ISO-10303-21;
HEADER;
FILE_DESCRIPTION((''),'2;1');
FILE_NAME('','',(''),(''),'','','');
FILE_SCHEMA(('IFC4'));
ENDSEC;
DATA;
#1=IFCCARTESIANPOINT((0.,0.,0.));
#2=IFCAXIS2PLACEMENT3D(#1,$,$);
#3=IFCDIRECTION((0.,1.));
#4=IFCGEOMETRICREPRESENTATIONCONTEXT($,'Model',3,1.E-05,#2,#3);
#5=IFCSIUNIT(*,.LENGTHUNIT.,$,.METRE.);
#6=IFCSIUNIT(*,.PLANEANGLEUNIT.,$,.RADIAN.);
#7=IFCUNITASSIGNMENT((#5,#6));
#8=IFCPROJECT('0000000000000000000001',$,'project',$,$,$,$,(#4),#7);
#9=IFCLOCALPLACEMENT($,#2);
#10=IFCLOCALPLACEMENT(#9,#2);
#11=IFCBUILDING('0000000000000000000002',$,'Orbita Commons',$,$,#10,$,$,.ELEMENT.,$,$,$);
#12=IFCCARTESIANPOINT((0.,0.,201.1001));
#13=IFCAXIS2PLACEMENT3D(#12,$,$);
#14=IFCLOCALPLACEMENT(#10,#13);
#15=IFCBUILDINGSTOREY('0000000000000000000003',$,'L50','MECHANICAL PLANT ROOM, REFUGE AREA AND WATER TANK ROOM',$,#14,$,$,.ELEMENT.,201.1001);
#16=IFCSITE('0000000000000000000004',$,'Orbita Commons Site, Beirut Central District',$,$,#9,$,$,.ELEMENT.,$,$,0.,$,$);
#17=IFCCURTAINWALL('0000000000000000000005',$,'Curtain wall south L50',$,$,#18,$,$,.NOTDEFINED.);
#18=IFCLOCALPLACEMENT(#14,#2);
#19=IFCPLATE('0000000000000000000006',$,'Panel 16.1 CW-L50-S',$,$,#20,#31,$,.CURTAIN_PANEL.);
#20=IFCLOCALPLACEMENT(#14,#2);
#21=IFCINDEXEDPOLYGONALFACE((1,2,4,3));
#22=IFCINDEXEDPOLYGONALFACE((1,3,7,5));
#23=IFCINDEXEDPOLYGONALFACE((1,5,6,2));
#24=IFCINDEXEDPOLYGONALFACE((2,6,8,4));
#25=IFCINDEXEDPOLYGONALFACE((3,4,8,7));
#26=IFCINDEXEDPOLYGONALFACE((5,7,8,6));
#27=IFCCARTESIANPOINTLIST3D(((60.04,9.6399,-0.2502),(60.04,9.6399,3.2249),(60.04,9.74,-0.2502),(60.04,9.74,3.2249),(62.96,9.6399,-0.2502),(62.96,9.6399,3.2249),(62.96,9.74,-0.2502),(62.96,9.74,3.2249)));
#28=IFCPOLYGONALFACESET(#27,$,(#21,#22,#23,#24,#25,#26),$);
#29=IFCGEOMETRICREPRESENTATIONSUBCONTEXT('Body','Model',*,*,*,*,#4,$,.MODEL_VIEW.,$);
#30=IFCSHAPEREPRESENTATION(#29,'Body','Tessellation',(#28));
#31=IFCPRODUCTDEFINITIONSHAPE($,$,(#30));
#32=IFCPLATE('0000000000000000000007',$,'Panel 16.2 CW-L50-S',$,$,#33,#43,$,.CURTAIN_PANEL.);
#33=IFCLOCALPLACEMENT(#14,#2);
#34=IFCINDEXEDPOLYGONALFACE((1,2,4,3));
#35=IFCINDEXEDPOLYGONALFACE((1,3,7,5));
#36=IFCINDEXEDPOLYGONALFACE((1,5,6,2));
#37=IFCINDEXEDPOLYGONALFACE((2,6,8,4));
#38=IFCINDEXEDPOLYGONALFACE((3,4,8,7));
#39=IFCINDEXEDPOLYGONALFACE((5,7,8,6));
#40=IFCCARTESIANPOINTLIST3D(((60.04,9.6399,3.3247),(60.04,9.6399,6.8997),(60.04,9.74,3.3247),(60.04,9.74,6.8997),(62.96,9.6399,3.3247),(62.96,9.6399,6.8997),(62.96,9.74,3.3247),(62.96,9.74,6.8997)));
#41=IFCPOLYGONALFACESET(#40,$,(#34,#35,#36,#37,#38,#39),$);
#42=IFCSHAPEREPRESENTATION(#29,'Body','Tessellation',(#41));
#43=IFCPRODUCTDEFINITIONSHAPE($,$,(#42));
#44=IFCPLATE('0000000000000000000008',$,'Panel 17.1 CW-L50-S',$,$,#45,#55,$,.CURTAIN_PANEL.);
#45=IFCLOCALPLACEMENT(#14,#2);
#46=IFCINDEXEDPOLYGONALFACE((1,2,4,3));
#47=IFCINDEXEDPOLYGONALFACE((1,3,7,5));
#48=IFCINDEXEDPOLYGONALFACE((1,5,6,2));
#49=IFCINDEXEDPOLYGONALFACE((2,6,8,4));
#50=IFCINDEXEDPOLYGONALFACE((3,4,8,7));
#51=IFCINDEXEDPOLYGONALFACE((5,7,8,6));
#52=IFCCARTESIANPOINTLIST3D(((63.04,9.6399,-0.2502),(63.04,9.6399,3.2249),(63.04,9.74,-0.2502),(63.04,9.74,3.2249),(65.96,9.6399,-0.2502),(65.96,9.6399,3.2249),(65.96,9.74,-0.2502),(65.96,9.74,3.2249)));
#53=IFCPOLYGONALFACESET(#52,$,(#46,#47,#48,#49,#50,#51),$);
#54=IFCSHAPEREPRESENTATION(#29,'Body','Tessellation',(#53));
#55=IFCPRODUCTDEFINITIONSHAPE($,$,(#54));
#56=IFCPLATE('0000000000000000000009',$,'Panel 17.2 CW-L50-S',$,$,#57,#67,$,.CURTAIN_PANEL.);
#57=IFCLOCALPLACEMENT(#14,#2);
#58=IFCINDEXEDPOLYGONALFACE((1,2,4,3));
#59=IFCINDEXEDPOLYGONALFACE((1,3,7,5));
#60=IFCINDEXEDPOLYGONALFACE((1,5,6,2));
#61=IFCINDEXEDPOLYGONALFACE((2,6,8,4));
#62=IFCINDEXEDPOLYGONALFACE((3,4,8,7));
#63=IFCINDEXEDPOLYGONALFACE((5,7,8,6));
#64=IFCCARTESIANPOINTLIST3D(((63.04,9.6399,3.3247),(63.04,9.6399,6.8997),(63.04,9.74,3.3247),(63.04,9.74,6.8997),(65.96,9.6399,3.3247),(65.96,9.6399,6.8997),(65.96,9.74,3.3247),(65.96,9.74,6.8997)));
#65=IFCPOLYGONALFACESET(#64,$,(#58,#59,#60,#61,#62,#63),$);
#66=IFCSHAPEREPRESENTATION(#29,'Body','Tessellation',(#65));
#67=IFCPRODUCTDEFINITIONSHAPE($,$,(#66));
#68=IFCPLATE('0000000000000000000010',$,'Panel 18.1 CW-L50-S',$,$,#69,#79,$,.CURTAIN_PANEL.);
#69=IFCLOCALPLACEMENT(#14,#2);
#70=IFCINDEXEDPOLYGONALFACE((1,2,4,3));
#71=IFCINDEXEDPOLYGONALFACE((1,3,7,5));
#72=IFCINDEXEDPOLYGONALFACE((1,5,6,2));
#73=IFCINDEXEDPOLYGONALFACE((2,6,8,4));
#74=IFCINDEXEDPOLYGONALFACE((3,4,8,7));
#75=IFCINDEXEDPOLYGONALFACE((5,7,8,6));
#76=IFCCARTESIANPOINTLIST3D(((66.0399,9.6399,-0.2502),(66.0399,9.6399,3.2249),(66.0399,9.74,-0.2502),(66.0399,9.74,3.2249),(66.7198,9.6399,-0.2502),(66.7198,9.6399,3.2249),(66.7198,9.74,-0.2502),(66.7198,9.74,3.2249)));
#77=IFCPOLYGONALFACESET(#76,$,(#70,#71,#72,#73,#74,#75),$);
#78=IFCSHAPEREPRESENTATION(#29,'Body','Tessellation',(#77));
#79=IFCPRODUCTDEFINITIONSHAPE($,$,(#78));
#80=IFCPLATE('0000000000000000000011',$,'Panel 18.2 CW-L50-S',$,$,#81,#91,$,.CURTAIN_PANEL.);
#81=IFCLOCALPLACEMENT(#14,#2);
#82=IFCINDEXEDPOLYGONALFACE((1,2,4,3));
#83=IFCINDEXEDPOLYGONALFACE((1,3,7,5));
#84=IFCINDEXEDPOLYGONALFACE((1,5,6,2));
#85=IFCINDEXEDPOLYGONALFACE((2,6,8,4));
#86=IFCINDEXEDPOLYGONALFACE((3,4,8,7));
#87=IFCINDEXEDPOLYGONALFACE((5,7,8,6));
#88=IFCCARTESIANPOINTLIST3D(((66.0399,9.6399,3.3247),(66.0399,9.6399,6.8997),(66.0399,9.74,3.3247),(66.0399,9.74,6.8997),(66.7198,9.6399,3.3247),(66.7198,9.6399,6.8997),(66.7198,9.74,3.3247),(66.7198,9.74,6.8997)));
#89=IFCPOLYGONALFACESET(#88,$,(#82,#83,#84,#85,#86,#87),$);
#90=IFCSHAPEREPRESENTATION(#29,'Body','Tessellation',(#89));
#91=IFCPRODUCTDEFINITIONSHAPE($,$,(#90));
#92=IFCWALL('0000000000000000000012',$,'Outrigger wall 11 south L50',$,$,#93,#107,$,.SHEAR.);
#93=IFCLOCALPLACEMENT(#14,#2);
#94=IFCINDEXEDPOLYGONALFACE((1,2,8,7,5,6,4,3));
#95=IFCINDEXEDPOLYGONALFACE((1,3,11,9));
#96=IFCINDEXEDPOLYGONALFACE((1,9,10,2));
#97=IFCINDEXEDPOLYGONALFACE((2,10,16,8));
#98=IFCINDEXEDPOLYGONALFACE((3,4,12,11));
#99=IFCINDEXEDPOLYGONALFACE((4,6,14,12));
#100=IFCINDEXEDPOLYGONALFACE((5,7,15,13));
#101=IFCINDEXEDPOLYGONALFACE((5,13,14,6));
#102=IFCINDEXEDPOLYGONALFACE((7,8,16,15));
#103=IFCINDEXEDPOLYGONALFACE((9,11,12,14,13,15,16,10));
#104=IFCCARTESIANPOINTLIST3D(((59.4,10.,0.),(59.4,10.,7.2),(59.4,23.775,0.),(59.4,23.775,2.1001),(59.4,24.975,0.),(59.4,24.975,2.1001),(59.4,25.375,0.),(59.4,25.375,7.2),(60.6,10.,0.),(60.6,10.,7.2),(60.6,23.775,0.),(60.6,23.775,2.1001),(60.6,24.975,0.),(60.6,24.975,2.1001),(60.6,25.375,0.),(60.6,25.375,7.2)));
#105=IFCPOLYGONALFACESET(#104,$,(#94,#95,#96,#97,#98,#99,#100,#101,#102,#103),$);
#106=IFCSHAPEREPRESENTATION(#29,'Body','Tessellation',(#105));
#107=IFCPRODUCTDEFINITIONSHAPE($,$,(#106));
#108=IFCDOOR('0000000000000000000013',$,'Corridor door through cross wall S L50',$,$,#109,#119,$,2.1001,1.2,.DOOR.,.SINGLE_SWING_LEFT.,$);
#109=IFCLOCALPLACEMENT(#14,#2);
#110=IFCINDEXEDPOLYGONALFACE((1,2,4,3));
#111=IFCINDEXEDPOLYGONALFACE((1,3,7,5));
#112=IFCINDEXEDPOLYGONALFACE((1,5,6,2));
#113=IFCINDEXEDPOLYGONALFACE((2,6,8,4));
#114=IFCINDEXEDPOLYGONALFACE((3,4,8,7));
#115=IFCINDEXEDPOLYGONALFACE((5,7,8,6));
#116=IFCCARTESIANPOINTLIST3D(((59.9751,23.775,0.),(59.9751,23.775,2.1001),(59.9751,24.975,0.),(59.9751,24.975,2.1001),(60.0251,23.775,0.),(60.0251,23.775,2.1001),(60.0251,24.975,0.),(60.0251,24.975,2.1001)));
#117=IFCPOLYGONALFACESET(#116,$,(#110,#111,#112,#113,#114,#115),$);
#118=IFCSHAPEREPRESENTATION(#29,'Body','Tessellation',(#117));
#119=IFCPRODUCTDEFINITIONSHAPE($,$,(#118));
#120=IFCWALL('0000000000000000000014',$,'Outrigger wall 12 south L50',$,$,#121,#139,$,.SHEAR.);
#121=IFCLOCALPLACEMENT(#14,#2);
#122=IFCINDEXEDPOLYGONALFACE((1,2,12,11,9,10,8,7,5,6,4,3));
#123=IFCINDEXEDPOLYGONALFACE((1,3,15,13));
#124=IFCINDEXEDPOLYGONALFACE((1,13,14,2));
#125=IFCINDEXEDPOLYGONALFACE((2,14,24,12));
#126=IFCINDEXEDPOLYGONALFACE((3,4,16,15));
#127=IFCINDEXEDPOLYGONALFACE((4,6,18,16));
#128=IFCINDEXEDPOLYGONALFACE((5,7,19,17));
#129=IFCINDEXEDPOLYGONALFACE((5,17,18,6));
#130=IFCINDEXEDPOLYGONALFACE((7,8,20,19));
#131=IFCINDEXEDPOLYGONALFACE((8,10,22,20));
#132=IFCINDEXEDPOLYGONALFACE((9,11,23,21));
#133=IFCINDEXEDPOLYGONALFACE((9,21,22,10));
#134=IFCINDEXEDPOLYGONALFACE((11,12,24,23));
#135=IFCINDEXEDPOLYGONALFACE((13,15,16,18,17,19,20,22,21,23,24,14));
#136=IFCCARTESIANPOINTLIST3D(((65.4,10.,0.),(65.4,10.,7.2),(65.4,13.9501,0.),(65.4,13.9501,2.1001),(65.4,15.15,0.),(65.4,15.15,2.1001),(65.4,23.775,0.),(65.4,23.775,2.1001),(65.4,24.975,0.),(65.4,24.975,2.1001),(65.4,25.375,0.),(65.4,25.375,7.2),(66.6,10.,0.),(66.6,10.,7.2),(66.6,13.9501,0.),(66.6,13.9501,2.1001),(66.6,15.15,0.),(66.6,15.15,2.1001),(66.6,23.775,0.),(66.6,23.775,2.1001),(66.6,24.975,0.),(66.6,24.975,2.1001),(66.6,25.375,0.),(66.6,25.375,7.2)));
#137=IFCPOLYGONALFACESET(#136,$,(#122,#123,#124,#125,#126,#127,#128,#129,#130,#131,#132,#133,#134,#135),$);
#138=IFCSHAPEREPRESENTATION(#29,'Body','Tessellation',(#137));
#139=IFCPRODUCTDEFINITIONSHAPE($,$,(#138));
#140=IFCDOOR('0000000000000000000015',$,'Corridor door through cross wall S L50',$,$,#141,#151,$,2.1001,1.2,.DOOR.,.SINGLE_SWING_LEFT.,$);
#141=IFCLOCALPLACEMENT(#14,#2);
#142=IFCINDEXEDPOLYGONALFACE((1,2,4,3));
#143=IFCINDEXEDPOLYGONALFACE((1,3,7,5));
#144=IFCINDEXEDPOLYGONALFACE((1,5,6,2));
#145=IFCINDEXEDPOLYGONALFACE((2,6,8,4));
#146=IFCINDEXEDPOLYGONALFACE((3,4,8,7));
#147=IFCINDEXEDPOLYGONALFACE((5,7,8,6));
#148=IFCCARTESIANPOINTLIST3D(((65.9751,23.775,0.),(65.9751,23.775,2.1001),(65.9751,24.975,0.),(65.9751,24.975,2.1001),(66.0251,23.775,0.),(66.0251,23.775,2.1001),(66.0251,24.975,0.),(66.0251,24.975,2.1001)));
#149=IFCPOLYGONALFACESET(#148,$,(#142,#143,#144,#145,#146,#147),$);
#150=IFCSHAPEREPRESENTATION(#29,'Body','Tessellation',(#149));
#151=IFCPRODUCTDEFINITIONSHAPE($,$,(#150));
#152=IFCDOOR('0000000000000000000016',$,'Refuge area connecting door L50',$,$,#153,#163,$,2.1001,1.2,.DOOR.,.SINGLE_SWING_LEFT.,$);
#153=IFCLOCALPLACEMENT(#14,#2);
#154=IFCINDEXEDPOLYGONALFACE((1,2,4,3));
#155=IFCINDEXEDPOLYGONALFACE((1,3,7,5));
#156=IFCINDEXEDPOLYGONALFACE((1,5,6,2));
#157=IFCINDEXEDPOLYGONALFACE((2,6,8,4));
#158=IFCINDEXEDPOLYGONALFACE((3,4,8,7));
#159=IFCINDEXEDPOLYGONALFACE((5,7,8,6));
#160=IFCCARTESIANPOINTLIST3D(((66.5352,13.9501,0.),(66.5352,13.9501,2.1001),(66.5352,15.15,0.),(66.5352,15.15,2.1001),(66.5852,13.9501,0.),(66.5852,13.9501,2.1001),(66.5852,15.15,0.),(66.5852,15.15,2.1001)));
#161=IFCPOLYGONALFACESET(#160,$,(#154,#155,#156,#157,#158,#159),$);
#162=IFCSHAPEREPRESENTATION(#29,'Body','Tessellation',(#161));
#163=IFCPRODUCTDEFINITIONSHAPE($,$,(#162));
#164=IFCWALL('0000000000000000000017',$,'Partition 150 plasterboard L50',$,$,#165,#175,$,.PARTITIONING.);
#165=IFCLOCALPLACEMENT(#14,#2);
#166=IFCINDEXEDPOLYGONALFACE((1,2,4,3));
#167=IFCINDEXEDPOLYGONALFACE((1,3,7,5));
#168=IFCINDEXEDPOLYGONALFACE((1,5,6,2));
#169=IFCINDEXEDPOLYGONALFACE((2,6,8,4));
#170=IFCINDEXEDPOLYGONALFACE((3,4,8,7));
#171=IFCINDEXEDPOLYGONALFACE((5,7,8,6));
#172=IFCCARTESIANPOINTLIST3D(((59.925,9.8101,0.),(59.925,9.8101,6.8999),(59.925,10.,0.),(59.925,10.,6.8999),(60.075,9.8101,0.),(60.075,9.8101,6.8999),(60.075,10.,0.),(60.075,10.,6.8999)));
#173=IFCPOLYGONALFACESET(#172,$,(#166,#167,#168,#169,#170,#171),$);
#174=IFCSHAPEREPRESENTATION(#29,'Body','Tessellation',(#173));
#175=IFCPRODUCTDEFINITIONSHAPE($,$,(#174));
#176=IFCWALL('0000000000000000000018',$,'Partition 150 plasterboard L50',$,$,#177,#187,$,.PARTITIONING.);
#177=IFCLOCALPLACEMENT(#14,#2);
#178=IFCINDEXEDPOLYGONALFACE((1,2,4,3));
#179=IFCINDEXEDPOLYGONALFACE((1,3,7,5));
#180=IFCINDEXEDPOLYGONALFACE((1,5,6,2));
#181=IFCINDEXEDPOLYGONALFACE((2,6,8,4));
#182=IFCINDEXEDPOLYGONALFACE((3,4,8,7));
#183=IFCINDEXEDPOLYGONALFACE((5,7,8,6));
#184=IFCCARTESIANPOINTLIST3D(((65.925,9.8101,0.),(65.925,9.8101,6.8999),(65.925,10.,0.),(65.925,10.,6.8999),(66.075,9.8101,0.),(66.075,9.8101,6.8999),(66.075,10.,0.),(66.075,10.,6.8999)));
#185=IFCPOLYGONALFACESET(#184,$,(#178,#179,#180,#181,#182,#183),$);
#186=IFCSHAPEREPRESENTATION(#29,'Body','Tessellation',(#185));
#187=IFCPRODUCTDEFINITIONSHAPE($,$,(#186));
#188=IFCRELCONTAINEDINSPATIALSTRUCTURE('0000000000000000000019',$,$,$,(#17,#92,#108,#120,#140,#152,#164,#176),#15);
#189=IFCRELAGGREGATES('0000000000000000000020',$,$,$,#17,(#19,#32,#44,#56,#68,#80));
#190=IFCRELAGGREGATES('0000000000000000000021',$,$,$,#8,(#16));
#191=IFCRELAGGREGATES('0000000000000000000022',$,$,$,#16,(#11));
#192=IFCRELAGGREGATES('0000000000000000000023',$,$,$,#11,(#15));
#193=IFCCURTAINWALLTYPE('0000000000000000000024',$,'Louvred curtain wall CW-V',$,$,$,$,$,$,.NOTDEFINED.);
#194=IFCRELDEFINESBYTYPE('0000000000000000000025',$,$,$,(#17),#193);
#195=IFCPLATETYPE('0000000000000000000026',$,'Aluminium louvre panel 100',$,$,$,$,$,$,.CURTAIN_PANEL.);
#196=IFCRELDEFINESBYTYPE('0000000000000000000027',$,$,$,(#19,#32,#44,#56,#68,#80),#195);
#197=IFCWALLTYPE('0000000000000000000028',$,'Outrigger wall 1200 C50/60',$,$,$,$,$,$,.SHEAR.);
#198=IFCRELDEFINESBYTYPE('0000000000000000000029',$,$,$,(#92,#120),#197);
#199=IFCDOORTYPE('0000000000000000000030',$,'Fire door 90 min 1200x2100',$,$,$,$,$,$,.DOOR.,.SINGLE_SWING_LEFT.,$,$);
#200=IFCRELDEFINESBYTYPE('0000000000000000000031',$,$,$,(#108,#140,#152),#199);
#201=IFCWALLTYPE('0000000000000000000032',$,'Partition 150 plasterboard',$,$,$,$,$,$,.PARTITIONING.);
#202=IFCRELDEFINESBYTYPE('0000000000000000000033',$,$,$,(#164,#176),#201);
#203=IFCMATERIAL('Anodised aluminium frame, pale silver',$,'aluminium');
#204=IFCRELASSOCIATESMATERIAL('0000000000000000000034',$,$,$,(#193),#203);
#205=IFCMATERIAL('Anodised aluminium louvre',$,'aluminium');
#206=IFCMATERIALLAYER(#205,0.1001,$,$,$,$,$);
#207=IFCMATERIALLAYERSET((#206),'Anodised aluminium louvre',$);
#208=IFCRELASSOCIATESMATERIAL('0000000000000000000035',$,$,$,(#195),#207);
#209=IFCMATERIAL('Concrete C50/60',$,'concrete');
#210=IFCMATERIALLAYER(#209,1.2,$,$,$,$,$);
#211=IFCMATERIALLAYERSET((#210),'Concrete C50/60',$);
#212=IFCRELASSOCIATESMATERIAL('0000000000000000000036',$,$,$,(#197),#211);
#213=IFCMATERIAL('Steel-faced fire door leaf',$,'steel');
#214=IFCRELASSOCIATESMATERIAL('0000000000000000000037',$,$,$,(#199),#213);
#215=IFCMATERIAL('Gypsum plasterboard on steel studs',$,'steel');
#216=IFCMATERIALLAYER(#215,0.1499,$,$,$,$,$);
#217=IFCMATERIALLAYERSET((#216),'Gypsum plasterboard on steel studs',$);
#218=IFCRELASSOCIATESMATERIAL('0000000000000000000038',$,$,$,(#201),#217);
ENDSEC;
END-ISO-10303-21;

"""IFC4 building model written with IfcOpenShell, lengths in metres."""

from ifc_helpers import new_model, si_unit, direction, frame, frame_2d, origin, origin_2d, place, context, subcontext, project, spatial, rectangle, extrude, material, layer, layer_set, type_object, element, fill, aggregate, save


model = new_model("IFC4")

# Units and contexts
model_context = context("Model", 3, precision=1e-05, world=origin(), true_north=direction((0.0, 1.0)))
body_context = subcontext(model_context, "Body", "Model", "MODEL_VIEW")
ifc_project = project(units=[si_unit("LENGTHUNIT", "METRE"), si_unit("PLANEANGLEUNIT", "RADIAN")], contexts=[model_context])

# Site, building, storey
site_placement = place(None, origin())
site = spatial("IfcSite", under=ifc_project, at=site_placement, Name="Orbita Commons Site, Beirut Central District", CompositionType="ELEMENT", RefElevation=0.0)
building_placement = place(site_placement, origin())
building = spatial("IfcBuilding", under=site, at=building_placement, Name="Orbita Commons", CompositionType="ELEMENT")
storey_placement = place(building_placement, frame((0.0, 0.0, 201.1001)))
storey = spatial("IfcBuildingStorey", under=building, at=storey_placement, Name="L50", Description="MECHANICAL PLANT ROOM, REFUGE AREA AND WATER TANK ROOM", CompositionType="ELEMENT", Elevation=201.1001)

# Curtain wall, plates
ifc_material_1 = material(Name="Anodised aluminium frame, pale silver", Category="aluminium")
curtain_wall_type = type_object("IfcCurtainWallType", Name="Louvred curtain wall CW-V", PredefinedType="NOTDEFINED", material=ifc_material_1)
curtain_wall_placement = place(storey_placement, origin())
curtain_wall = element("IfcCurtainWall", 1, at=curtain_wall_placement, inside=storey, type_object=curtain_wall_type, Name="Curtain wall south L50", PredefinedType="NOTDEFINED")
ifc_material_2 = material(Name="Anodised aluminium louvre", Category="aluminium")
ifc_layer_1 = layer(ifc_material_2, 0.1001)
ifc_layer_set_1 = layer_set([ifc_layer_1], Name="Anodised aluminium louvre")
plate_type = type_object("IfcPlateType", Name="Aluminium louvre panel 100", PredefinedType="CURTAIN_PANEL", material=ifc_layer_set_1)
plate_1_placement = place(storey_placement, frame((61.5, 9.6899, -0.2502), z_axis=(0.0, 0.0, 1.0), x_axis=(1.0, 0.0, 0.0)))
plate_1 = element("IfcPlate", 2, at=plate_1_placement, type_object=plate_type, Name="Panel 16.1 CW-L50-S", PredefinedType="CURTAIN_PANEL", context=body_context, shape_type="SweptSolid", body=[
    extrude(rectangle(XDim=2.9199, YDim=0.1001, at=origin_2d()), origin(), (0.0, 0.0, 1.0), 3.4751),
])
plate_2_placement = place(storey_placement, frame((61.5, 9.6899, 3.3247), z_axis=(0.0, 0.0, 1.0), x_axis=(1.0, 0.0, 0.0)))
plate_2 = element("IfcPlate", 3, at=plate_2_placement, type_object=plate_type, Name="Panel 16.2 CW-L50-S", PredefinedType="CURTAIN_PANEL", context=body_context, shape_type="SweptSolid", body=[
    extrude(rectangle(XDim=2.9199, YDim=0.1001, at=origin_2d()), origin(), (0.0, 0.0, 1.0), 3.575),
])
plate_3_placement = place(storey_placement, frame((64.5, 9.6899, -0.2502), z_axis=(0.0, 0.0, 1.0), x_axis=(1.0, 0.0, 0.0)))
plate_3 = element("IfcPlate", 4, at=plate_3_placement, type_object=plate_type, Name="Panel 17.1 CW-L50-S", PredefinedType="CURTAIN_PANEL", context=body_context, shape_type="SweptSolid", body=[
    extrude(rectangle(XDim=2.9199, YDim=0.1001, at=origin_2d()), origin(), (0.0, 0.0, 1.0), 3.4751),
])
plate_4_placement = place(storey_placement, frame((64.5, 9.6899, 3.3247), z_axis=(0.0, 0.0, 1.0), x_axis=(1.0, 0.0, 0.0)))
plate_4 = element("IfcPlate", 5, at=plate_4_placement, type_object=plate_type, Name="Panel 17.2 CW-L50-S", PredefinedType="CURTAIN_PANEL", context=body_context, shape_type="SweptSolid", body=[
    extrude(rectangle(XDim=2.9199, YDim=0.1001, at=origin_2d()), origin(), (0.0, 0.0, 1.0), 3.575),
])
plate_5_placement = place(storey_placement, frame((66.3799, 9.6899, -0.2502), z_axis=(0.0, 0.0, 1.0), x_axis=(1.0, 0.0, 0.0)))
plate_5 = element("IfcPlate", 6, at=plate_5_placement, type_object=plate_type, Name="Panel 18.1 CW-L50-S", PredefinedType="CURTAIN_PANEL", context=body_context, shape_type="SweptSolid", body=[
    extrude(rectangle(XDim=0.6799, YDim=0.1001, at=origin_2d()), origin(), (0.0, 0.0, 1.0), 3.4751),
])
plate_6_placement = place(storey_placement, frame((66.3799, 9.6899, 3.3247), z_axis=(0.0, 0.0, 1.0), x_axis=(1.0, 0.0, 0.0)))
plate_6 = element("IfcPlate", 7, at=plate_6_placement, type_object=plate_type, Name="Panel 18.2 CW-L50-S", PredefinedType="CURTAIN_PANEL", context=body_context, shape_type="SweptSolid", body=[
    extrude(rectangle(XDim=0.6799, YDim=0.1001, at=origin_2d()), origin(), (0.0, 0.0, 1.0), 3.575),
])
aggregate(curtain_wall, [plate_1, plate_2, plate_3, plate_4, plate_5, plate_6])

# Wall, opening, door
ifc_material_3 = material(Name="Concrete C50/60", Category="concrete")
ifc_layer_2 = layer(ifc_material_3, 1.2)
ifc_layer_set_2 = layer_set([ifc_layer_2], Name="Concrete C50/60")
wall_type_1 = type_object("IfcWallType", Name="Outrigger wall 1200 C50/60", PredefinedType="SHEAR", material=ifc_layer_set_2)
wall_1_placement = place(storey_placement, frame((60.0, 10.0, 0.0), z_axis=(0.0, 0.0, 1.0), x_axis=(0.0, 1.0, 0.0)))
wall_1 = element("IfcWall", 8, at=wall_1_placement, inside=storey, type_object=wall_type_1, Name="Outrigger wall 11 south L50", PredefinedType="SHEAR", context=body_context, shape_type="SweptSolid", body=[
    extrude(rectangle(XDim=15.375, YDim=1.2, at=frame_2d((7.6875, 0.0))), origin(), (0.0, 0.0, 1.0), 7.2),
])
opening_1_placement = place(wall_1_placement, frame((13.7749, 0.0, 0.0)))
opening_1 = element("IfcOpeningElement", 9, at=opening_1_placement, cuts=wall_1, PredefinedType="OPENING", context=body_context, shape_type="SweptSolid", body=[
    extrude(rectangle(XDim=1.2, YDim=2.1001, at=frame_2d((0.6001, 1.05))), frame((0.0, 0.6099, 0.0), z_axis=(0.0, -1.0, 0.0), x_axis=(1.0, 0.0, 0.0)), (0.0, 0.0, 1.0), 1.22),
])
ifc_material_4 = material(Name="Steel-faced fire door leaf", Category="steel")
door_type = type_object("IfcDoorType", Name="Fire door 90 min 1200x2100", OperationType="SINGLE_SWING_LEFT", PredefinedType="DOOR", material=ifc_material_4)
door_1_placement = place(opening_1_placement, origin())
door_1 = element("IfcDoor", 10, at=door_1_placement, inside=storey, type_object=door_type, Name="Corridor door through cross wall S L50", OperationType="SINGLE_SWING_LEFT", OverallHeight=2.1001, OverallWidth=1.2, PredefinedType="DOOR", context=body_context, shape_type="SweptSolid", body=[
    extrude(rectangle(XDim=1.2, YDim=2.1001, at=frame_2d((0.6001, 1.05))), frame((0.0, 0.0249, 0.0), z_axis=(0.0, -1.0, 0.0), x_axis=(1.0, 0.0, 0.0)), (0.0, 0.0, 1.0), 0.05),
])
fill(opening_1, door_1)

# Wall, openings, doors
wall_2_placement = place(storey_placement, frame((66.0, 10.0, 0.0), z_axis=(0.0, 0.0, 1.0), x_axis=(0.0, 1.0, 0.0)))
wall_2 = element("IfcWall", 11, at=wall_2_placement, inside=storey, type_object=wall_type_1, Name="Outrigger wall 12 south L50", PredefinedType="SHEAR", context=body_context, shape_type="SweptSolid", body=[
    extrude(rectangle(XDim=15.375, YDim=1.2, at=frame_2d((7.6875, 0.0))), origin(), (0.0, 0.0, 1.0), 7.2),
])
opening_2_placement = place(wall_2_placement, frame((13.7749, 0.0, 0.0)))
opening_2 = element("IfcOpeningElement", 12, at=opening_2_placement, cuts=wall_2, PredefinedType="OPENING", context=body_context, shape_type="SweptSolid", body=[
    extrude(rectangle(XDim=1.2, YDim=2.1001, at=frame_2d((0.6001, 1.05))), frame((0.0, 0.6099, 0.0), z_axis=(0.0, -1.0, 0.0), x_axis=(1.0, 0.0, 0.0)), (0.0, 0.0, 1.0), 1.22),
])
opening_3_placement = place(wall_2_placement, frame((3.95, 0.0, 0.0)))
opening_3 = element("IfcOpeningElement", 13, at=opening_3_placement, cuts=wall_2, PredefinedType="OPENING", context=body_context, shape_type="SweptSolid", body=[
    extrude(rectangle(XDim=1.2, YDim=2.1001, at=frame_2d((0.6001, 1.05))), frame((0.0, 0.6099, 0.0), z_axis=(0.0, -1.0, 0.0), x_axis=(1.0, 0.0, 0.0)), (0.0, 0.0, 1.0), 1.22),
])
door_2_placement = place(opening_2_placement, origin())
door_2 = element("IfcDoor", 14, at=door_2_placement, inside=storey, type_object=door_type, Name="Corridor door through cross wall S L50", OperationType="SINGLE_SWING_LEFT", OverallHeight=2.1001, OverallWidth=1.2, PredefinedType="DOOR", context=body_context, shape_type="SweptSolid", body=[
    extrude(rectangle(XDim=1.2, YDim=2.1001, at=frame_2d((0.6001, 1.05))), frame((0.0, 0.0249, 0.0), z_axis=(0.0, -1.0, 0.0), x_axis=(1.0, 0.0, 0.0)), (0.0, 0.0, 1.0), 0.05),
])
fill(opening_2, door_2)
door_3_placement = place(opening_3_placement, origin())
door_3 = element("IfcDoor", 15, at=door_3_placement, inside=storey, type_object=door_type, Name="Refuge area connecting door L50", OperationType="SINGLE_SWING_LEFT", OverallHeight=2.1001, OverallWidth=1.2, PredefinedType="DOOR", context=body_context, shape_type="SweptSolid", body=[
    extrude(rectangle(XDim=1.2, YDim=2.1001, at=frame_2d((0.6001, 1.05))), frame((0.0, -0.5352, 0.0), z_axis=(0.0, -1.0, 0.0), x_axis=(1.0, 0.0, 0.0)), (0.0, 0.0, 1.0), 0.05),
])
fill(opening_3, door_3)

# Walls
ifc_material_5 = material(Name="Gypsum plasterboard on steel studs", Category="steel")
ifc_layer_3 = layer(ifc_material_5, 0.1499)
ifc_layer_set_3 = layer_set([ifc_layer_3], Name="Gypsum plasterboard on steel studs")
wall_type_2 = type_object("IfcWallType", Name="Partition 150 plasterboard", PredefinedType="PARTITIONING", material=ifc_layer_set_3)
for number, where, z_axis, x_axis, name in (
    (16, (60.0, 10.0, 0.0), (0.0, 0.0, 1.0), (0.0, -1.0, 0.0), "Partition 150 plasterboard L50"),
    (17, (66.0, 10.0, 0.0), (0.0, 0.0, 1.0), (0.0, -1.0, 0.0), "Partition 150 plasterboard L50"),
):
    element("IfcWall", number, at=place(storey_placement, frame(where, z_axis=z_axis, x_axis=x_axis)), inside=storey, type_object=wall_type_2, Name=name, PredefinedType="PARTITIONING", context=body_context, shape_type="SweptSolid", body=[
        extrude(rectangle(XDim=0.1899, YDim=0.1499, at=frame_2d((0.095, 0.0))), origin(), (0.0, 0.0, 1.0), 6.8999),
    ])

save(model, "model.ifc")
